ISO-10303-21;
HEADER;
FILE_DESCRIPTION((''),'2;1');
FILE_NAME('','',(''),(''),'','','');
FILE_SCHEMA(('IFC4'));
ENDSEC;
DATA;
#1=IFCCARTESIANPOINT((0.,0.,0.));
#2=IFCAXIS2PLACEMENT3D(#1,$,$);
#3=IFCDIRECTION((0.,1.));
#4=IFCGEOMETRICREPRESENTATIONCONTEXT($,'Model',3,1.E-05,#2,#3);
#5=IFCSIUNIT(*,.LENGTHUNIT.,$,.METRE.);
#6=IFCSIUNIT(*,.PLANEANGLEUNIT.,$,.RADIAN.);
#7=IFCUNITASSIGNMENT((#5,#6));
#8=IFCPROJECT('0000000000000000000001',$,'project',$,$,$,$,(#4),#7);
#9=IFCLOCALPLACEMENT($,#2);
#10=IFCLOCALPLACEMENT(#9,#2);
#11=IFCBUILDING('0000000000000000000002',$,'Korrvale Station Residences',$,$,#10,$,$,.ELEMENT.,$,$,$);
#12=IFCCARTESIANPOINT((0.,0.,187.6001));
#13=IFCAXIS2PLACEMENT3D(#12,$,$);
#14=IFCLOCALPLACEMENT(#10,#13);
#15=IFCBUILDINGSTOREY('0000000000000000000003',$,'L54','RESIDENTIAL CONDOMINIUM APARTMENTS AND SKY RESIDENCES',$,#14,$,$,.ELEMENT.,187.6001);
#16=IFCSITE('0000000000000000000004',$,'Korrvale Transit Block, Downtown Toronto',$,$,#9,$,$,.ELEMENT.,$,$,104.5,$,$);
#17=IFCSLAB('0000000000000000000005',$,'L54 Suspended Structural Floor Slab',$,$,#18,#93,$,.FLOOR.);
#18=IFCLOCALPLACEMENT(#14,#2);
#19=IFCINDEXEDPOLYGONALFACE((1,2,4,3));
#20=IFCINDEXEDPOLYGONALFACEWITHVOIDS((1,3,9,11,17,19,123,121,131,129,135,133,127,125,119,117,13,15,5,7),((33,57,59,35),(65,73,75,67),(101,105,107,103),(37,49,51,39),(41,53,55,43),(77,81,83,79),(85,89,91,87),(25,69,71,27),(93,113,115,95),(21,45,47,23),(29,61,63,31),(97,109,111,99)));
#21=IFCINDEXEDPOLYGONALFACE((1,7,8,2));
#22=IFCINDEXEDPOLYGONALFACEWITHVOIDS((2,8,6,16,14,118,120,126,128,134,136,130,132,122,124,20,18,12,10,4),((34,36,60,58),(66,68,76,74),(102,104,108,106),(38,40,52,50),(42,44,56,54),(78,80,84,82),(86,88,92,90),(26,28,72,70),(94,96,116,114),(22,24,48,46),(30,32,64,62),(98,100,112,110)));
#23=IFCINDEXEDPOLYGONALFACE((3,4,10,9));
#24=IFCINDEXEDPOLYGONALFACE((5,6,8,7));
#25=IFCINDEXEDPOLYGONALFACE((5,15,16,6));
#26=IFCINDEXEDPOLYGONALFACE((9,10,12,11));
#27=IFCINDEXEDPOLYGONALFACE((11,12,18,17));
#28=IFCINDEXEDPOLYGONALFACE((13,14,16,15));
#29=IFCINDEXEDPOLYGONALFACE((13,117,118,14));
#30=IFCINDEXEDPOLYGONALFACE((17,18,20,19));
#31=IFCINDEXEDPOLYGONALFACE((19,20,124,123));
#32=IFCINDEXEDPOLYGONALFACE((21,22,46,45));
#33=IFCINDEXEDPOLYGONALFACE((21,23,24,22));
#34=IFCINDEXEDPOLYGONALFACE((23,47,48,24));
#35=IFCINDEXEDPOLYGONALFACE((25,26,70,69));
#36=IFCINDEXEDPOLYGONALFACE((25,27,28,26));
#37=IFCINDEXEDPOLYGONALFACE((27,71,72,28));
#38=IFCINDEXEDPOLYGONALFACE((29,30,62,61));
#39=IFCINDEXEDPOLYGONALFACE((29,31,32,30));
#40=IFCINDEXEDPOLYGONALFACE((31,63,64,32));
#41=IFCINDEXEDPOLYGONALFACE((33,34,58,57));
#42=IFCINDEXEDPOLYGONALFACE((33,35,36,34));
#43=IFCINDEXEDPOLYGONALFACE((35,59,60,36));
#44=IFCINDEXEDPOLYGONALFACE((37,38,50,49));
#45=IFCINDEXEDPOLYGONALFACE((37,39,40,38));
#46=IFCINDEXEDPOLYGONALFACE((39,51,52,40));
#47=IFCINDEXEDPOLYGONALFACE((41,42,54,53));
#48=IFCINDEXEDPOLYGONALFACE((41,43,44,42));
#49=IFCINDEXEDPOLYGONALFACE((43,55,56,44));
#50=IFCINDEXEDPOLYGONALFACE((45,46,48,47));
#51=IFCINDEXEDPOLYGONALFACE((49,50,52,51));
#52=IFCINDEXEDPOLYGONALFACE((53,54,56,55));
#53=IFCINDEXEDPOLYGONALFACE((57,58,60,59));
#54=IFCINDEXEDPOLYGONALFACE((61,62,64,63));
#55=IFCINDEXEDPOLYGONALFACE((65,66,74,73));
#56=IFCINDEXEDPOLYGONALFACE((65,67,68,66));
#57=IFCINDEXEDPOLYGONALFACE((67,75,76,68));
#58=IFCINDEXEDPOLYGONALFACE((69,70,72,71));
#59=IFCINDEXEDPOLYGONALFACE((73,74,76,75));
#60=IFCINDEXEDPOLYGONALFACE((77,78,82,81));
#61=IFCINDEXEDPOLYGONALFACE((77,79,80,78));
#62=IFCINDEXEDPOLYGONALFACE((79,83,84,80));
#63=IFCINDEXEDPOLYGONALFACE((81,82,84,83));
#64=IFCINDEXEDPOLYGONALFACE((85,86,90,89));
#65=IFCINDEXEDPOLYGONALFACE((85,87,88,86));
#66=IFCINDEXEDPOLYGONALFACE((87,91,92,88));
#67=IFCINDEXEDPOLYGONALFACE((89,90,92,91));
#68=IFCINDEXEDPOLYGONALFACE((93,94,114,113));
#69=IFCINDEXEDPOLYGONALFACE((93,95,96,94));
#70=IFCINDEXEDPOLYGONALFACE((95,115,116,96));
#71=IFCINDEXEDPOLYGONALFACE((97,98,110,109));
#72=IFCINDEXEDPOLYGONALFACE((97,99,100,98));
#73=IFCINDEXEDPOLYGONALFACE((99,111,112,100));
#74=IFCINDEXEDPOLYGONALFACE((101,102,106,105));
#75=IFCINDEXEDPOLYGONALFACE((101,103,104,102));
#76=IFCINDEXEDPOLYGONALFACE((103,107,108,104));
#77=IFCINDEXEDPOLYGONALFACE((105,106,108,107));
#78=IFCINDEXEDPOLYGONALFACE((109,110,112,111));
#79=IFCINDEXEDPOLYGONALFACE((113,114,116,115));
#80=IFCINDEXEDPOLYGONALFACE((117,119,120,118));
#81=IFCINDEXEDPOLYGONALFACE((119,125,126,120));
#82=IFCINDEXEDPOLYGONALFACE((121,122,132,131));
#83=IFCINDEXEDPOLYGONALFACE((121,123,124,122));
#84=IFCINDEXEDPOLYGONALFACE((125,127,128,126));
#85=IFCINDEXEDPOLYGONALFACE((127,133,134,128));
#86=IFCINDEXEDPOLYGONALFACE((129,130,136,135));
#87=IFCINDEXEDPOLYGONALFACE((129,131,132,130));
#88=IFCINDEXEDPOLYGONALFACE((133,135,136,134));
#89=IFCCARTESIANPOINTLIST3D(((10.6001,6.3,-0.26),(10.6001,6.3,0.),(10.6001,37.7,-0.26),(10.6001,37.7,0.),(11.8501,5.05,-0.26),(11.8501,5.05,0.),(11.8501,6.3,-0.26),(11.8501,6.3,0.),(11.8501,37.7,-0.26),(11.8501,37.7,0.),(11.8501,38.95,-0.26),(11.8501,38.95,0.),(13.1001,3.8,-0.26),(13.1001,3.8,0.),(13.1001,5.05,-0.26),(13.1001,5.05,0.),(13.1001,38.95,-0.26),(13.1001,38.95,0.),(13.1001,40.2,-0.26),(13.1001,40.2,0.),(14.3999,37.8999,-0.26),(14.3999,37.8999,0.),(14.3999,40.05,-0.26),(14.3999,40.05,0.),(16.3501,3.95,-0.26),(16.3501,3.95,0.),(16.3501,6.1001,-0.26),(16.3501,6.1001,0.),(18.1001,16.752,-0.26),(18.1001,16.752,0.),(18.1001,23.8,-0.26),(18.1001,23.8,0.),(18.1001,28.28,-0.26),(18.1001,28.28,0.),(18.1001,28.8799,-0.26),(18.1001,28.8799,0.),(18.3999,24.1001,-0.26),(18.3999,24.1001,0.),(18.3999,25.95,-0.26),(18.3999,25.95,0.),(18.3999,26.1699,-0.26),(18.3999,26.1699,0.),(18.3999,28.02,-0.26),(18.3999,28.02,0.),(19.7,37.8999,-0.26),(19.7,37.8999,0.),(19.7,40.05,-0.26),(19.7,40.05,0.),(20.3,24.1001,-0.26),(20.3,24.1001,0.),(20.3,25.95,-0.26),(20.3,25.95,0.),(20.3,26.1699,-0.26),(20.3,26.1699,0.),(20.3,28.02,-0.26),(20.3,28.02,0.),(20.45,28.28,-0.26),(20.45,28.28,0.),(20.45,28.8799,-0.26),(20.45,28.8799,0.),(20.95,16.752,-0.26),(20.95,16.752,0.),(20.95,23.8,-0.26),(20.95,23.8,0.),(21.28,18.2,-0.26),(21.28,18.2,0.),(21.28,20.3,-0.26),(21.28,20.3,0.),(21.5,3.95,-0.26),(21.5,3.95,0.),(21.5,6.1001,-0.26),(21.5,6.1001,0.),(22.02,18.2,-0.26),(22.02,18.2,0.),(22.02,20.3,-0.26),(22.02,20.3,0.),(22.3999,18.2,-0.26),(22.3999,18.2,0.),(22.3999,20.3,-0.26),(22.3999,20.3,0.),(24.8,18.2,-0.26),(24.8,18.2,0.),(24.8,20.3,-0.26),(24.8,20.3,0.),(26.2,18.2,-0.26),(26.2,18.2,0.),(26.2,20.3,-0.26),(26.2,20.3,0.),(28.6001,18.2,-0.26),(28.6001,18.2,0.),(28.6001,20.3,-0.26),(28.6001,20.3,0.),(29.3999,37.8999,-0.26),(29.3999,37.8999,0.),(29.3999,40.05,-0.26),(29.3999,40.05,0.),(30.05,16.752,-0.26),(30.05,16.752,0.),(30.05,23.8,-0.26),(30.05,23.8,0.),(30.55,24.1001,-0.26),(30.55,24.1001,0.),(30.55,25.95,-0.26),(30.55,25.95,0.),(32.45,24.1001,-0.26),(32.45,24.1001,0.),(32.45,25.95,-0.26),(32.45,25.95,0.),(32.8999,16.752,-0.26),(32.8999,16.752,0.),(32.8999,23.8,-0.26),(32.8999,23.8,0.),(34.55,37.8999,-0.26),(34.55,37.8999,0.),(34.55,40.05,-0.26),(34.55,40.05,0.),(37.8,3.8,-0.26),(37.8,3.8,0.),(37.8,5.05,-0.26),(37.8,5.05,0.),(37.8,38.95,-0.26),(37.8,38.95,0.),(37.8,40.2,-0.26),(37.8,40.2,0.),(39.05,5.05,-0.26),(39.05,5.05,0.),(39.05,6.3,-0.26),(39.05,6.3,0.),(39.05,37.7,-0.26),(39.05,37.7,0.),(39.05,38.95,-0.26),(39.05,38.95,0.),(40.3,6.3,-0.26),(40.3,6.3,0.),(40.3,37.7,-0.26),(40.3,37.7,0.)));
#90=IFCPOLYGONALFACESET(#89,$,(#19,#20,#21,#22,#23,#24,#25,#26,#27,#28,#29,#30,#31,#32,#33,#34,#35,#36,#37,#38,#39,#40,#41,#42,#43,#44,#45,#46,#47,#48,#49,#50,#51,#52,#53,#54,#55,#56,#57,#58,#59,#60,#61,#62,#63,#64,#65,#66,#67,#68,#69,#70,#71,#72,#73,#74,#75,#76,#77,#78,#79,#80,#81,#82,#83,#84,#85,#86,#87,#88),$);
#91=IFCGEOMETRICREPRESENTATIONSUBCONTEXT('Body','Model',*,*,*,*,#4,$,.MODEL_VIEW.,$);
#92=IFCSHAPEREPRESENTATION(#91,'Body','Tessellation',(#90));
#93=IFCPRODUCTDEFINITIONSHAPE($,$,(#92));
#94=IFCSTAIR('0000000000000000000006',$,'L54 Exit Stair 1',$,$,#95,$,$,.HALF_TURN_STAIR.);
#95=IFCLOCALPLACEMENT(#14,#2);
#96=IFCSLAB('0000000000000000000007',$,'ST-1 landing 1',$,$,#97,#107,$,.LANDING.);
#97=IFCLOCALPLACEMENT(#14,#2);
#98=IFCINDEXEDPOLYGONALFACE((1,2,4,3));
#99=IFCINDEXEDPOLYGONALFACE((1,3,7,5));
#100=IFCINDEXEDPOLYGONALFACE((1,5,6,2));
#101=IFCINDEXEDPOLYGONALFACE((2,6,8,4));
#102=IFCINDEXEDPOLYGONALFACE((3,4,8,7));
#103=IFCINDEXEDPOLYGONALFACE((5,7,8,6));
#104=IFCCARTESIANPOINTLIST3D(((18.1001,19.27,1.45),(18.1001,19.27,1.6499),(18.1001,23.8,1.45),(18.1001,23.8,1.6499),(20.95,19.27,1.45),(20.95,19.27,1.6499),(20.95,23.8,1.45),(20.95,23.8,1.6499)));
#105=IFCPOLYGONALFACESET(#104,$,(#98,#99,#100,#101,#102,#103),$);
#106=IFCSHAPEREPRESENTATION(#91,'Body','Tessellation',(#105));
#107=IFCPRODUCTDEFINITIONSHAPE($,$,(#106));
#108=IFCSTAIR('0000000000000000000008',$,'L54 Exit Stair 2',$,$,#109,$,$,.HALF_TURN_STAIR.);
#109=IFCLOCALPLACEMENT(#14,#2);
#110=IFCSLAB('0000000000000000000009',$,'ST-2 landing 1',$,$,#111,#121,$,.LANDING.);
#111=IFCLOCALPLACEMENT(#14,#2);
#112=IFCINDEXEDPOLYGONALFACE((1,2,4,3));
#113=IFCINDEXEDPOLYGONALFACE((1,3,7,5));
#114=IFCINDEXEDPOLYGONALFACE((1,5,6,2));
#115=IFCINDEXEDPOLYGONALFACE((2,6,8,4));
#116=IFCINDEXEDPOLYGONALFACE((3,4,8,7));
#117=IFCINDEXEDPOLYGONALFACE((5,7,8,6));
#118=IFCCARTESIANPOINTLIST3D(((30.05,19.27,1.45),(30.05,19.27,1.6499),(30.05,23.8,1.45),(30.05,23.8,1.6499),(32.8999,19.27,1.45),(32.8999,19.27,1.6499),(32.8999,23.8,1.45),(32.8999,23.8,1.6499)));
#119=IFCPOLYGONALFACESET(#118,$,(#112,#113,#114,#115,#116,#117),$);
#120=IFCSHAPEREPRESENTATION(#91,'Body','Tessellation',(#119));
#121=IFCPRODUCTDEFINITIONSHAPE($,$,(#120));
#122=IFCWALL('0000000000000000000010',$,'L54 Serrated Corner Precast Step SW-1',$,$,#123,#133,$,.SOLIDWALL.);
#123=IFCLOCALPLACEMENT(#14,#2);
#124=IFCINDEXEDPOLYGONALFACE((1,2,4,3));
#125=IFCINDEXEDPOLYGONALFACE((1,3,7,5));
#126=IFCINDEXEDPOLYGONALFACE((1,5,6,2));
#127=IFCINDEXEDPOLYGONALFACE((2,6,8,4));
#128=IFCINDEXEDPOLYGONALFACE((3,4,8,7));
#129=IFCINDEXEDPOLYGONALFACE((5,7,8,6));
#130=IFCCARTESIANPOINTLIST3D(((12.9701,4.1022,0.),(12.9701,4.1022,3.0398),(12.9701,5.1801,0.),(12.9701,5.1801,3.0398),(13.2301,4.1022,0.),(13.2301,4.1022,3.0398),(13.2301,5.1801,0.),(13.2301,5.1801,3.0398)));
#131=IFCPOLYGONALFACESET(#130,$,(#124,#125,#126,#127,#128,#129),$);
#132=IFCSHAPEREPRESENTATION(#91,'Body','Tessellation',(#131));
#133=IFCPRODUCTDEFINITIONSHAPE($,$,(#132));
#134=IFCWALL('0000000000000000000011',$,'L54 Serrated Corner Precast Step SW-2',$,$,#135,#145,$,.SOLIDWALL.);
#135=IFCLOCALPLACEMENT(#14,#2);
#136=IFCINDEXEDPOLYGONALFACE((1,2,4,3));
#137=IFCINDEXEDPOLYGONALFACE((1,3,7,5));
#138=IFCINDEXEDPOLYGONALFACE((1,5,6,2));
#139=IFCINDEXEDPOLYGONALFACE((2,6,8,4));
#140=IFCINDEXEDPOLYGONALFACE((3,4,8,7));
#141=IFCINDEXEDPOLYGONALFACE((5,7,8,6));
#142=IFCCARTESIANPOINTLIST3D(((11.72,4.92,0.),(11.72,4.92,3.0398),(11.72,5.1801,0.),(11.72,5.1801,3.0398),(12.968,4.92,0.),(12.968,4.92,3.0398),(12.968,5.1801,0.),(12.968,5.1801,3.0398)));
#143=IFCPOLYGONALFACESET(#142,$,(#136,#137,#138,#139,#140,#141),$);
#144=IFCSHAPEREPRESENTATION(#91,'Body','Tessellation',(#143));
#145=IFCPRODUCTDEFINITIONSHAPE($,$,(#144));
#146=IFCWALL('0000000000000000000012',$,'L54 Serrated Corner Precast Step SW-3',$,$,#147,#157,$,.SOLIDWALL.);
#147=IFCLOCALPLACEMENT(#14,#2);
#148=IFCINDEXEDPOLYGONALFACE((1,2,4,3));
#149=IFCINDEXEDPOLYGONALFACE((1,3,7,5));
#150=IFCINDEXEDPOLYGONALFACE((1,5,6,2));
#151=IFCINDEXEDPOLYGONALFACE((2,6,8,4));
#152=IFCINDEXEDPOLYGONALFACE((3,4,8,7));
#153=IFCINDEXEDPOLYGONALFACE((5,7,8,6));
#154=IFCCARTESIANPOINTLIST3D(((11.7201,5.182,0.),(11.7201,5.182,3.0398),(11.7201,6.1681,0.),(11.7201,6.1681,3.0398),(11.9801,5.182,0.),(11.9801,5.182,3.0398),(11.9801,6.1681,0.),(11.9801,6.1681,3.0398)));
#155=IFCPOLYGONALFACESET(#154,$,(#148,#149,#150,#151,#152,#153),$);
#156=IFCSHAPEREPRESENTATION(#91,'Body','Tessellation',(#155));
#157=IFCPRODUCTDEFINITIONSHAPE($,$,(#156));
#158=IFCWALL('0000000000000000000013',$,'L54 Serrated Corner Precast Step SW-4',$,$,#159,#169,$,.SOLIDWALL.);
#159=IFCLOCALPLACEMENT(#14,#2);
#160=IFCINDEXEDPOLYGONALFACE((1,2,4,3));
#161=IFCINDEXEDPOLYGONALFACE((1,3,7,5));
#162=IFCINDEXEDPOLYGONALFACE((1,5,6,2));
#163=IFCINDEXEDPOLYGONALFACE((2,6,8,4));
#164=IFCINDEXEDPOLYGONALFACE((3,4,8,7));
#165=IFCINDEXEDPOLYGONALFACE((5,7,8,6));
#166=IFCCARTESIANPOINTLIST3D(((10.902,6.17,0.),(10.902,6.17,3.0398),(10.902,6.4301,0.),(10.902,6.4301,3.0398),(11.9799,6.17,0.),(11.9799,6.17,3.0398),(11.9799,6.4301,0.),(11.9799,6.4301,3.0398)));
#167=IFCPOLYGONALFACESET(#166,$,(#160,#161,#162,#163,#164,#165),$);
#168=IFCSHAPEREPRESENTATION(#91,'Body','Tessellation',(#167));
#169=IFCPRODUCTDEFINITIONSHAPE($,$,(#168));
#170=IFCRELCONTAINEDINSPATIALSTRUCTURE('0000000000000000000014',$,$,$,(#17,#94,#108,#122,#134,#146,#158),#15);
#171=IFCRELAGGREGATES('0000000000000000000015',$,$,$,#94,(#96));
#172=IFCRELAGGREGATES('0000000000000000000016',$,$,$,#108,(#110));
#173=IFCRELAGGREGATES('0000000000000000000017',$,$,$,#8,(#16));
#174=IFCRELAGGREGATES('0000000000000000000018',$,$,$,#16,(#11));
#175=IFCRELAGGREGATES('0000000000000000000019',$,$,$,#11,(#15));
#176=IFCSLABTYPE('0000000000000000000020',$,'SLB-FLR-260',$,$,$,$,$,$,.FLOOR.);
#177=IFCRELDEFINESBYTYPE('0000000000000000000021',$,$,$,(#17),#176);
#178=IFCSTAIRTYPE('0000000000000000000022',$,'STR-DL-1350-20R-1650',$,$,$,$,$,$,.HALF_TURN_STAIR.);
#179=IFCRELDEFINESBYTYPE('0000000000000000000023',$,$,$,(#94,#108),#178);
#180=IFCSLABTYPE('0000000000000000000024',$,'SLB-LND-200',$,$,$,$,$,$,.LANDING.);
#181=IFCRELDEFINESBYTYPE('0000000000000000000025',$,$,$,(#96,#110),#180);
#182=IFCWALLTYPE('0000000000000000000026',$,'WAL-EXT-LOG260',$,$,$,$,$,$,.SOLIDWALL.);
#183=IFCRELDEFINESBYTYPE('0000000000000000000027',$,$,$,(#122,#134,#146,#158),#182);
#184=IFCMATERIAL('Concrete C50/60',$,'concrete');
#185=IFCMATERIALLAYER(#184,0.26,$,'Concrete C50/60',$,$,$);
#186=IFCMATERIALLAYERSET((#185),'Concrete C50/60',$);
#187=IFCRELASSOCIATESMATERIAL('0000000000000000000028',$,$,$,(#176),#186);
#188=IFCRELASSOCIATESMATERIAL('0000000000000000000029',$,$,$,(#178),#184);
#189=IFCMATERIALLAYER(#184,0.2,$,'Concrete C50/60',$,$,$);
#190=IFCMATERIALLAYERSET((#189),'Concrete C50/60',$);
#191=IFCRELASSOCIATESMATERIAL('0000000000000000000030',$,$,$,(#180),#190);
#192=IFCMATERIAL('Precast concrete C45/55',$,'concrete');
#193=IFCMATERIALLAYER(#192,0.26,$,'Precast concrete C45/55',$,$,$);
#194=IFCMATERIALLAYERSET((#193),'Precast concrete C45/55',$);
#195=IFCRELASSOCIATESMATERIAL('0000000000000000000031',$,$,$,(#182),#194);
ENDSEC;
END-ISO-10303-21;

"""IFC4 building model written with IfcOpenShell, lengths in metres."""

from ifc_helpers import new_model, si_unit, direction, frame, frame_2d, origin, place, context, subcontext, project, spatial, polyline, rectangle, outline, extrude, material, layer, layer_set, type_object, element, aggregate, save


model = new_model("IFC4")

# Units and contexts
model_context = context("Model", 3, precision=1e-05, world=origin(), true_north=direction((0.0, 1.0)))
body_context = subcontext(model_context, "Body", "Model", "MODEL_VIEW")
ifc_project = project(units=[si_unit("LENGTHUNIT", "METRE"), si_unit("PLANEANGLEUNIT", "RADIAN")], contexts=[model_context])

# Site, building, storey
site_placement = place(None, origin())
site = spatial("IfcSite", under=ifc_project, at=site_placement, Name="Korrvale Transit Block, Downtown Toronto", CompositionType="ELEMENT", RefElevation=104.5)
building_placement = place(site_placement, origin())
building = spatial("IfcBuilding", under=site, at=building_placement, Name="Korrvale Station Residences", CompositionType="ELEMENT")
storey_placement = place(building_placement, frame((0.0, 0.0, 187.6001)))
storey = spatial("IfcBuildingStorey", under=building, at=storey_placement, Name="L54", Description="RESIDENTIAL CONDOMINIUM APARTMENTS AND SKY RESIDENCES", CompositionType="ELEMENT", Elevation=187.6001)

# Shared definitions
ifc_material_1 = material(Name="Concrete C50/60", Category="concrete")

# Slab
ifc_layer_1 = layer(ifc_material_1, 0.26, Name="Concrete C50/60")
ifc_layer_set_1 = layer_set([ifc_layer_1], Name="Concrete C50/60")
slab_type_1 = type_object("IfcSlabType", Name="SLB-FLR-260", PredefinedType="FLOOR", material=ifc_layer_set_1)
slab_1_placement = place(storey_placement, frame((0.0, 0.0, -0.26)))
element("IfcSlab", 1, at=slab_1_placement, inside=storey, type_object=slab_type_1, Name="L54 Suspended Structural Floor Slab", PredefinedType="FLOOR", context=body_context, shape_type="SweptSolid", body=[
    extrude(outline(polyline([(13.1001, 3.8), (37.8, 3.8), (37.8, 5.05), (39.05, 5.05), (39.05, 6.3), (40.3, 6.3), (40.3, 37.7), (39.05, 37.7), (39.05, 38.95), (37.8, 38.95), (37.8, 40.2), (13.1001, 40.2), (13.1001, 38.95), (11.8501, 38.95), (11.8501, 37.7), (10.6001, 37.7), (10.6001, 6.3), (11.8501, 6.3), (11.8501, 5.05), (13.1001, 5.05), (13.1001, 3.8)]), holes=[polyline([(20.95, 16.752), (20.95, 23.8), (18.1001, 23.8), (18.1001, 16.752), (20.95, 16.752)]), polyline([(32.8999, 16.752), (32.8999, 23.8), (30.05, 23.8), (30.05, 16.752), (32.8999, 16.752)]), polyline([(18.3999, 24.1001), (20.3, 24.1001), (20.3, 25.95), (18.3999, 25.95), (18.3999, 24.1001)]), polyline([(18.3999, 26.1699), (20.3, 26.1699), (20.3, 28.02), (18.3999, 28.02), (18.3999, 26.1699)]), polyline([(30.55, 24.1001), (32.45, 24.1001), (32.45, 25.95), (30.55, 25.95), (30.55, 24.1001)]), polyline([(22.3999, 18.2), (24.8, 18.2), (24.8, 20.3), (22.3999, 20.3), (22.3999, 18.2)]), polyline([(26.2, 18.2), (28.6001, 18.2), (28.6001, 20.3), (26.2, 20.3), (26.2, 18.2)]), polyline([(18.1001, 28.28), (20.45, 28.28), (20.45, 28.8799), (18.1001, 28.8799), (18.1001, 28.28)]), polyline([(21.28, 18.2), (22.02, 18.2), (22.02, 20.3), (21.28, 20.3), (21.28, 18.2)]), polyline([(16.3501, 3.95), (21.5, 3.95), (21.5, 6.1001), (16.3501, 6.1001), (16.3501, 3.95)]), polyline([(29.3999, 37.8999), (34.55, 37.8999), (34.55, 40.05), (29.3999, 40.05), (29.3999, 37.8999)]), polyline([(14.3999, 37.8999), (19.7, 37.8999), (19.7, 40.05), (14.3999, 40.05), (14.3999, 37.8999)])]), origin(), (0.0, 0.0, 1.0), 0.26),
])

# Stairs, slabs
stair_type = type_object("IfcStairType", Name="STR-DL-1350-20R-1650", PredefinedType="HALF_TURN_STAIR", material=ifc_material_1)
stair_1_placement = place(storey_placement, origin())
stair_1 = element("IfcStair", 2, at=stair_1_placement, inside=storey, type_object=stair_type, Name="L54 Exit Stair 1", PredefinedType="HALF_TURN_STAIR")
ifc_layer_2 = layer(ifc_material_1, 0.2, Name="Concrete C50/60")
ifc_layer_set_2 = layer_set([ifc_layer_2], Name="Concrete C50/60")
slab_type_2 = type_object("IfcSlabType", Name="SLB-LND-200", PredefinedType="LANDING", material=ifc_layer_set_2)
slab_2_placement = place(storey_placement, frame((0.0, 0.0, 1.45)))
slab_2 = element("IfcSlab", 3, at=slab_2_placement, type_object=slab_type_2, Name="ST-1 landing 1", PredefinedType="LANDING", context=body_context, shape_type="SweptSolid", body=[
    extrude(outline(polyline([(20.95, 19.27), (20.95, 23.8), (18.1001, 23.8), (18.1001, 19.27), (20.95, 19.27)])), origin(), (0.0, 0.0, 1.0), 0.2),
])
aggregate(stair_1, [slab_2])
stair_2_placement = place(storey_placement, origin())
stair_2 = element("IfcStair", 4, at=stair_2_placement, inside=storey, type_object=stair_type, Name="L54 Exit Stair 2", PredefinedType="HALF_TURN_STAIR")
slab_3_placement = place(storey_placement, frame((0.0, 0.0, 1.45)))
slab_3 = element("IfcSlab", 5, at=slab_3_placement, type_object=slab_type_2, Name="ST-2 landing 1", PredefinedType="LANDING", context=body_context, shape_type="SweptSolid", body=[
    extrude(outline(polyline([(32.8999, 19.27), (32.8999, 23.8), (30.05, 23.8), (30.05, 19.27), (32.8999, 19.27)])), origin(), (0.0, 0.0, 1.0), 0.2),
])
aggregate(stair_2, [slab_3])

# Walls
ifc_material_2 = material(Name="Precast concrete C45/55", Category="concrete")
ifc_layer_3 = layer(ifc_material_2, 0.26, Name="Precast concrete C45/55")
ifc_layer_set_3 = layer_set([ifc_layer_3], Name="Precast concrete C45/55")
wall_type_1 = type_object("IfcWallType", Name="WAL-EXT-LOG260", PredefinedType="SOLIDWALL", material=ifc_layer_set_3)
wall_1_placement = place(storey_placement, frame((13.1001, 4.1021, 0.0), z_axis=(0.0, 0.0, 1.0), x_axis=(0.0, 1.0, 0.0)))
element("IfcWall", 6, at=wall_1_placement, inside=storey, type_object=wall_type_1, Name="L54 Serrated Corner Precast Step SW-1", PredefinedType="SOLIDWALL", context=body_context, shape_type="SweptSolid", body=[
    extrude(rectangle(XDim=1.0779, YDim=0.26, at=frame_2d((0.5391, 0.0))), origin(), (0.0, 0.0, 1.0), 3.0398),
])
wall_2_placement = place(storey_placement, frame((12.968, 5.05, 0.0), z_axis=(0.0, 0.0, 1.0), x_axis=(-1.0, 0.0, 0.0)))
element("IfcWall", 7, at=wall_2_placement, inside=storey, type_object=wall_type_1, Name="L54 Serrated Corner Precast Step SW-2", PredefinedType="SOLIDWALL", context=body_context, shape_type="SweptSolid", body=[
    extrude(rectangle(XDim=1.248, YDim=0.26, at=frame_2d((0.624, 0.0))), origin(), (0.0, 0.0, 1.0), 3.0398),
])
wall_3_placement = place(storey_placement, frame((11.8501, 5.1819, 0.0), z_axis=(0.0, 0.0, 1.0), x_axis=(0.0, 1.0, 0.0)))
element("IfcWall", 8, at=wall_3_placement, inside=storey, type_object=wall_type_1, Name="L54 Serrated Corner Precast Step SW-3", PredefinedType="SOLIDWALL", context=body_context, shape_type="SweptSolid", body=[
    extrude(rectangle(XDim=0.9861, YDim=0.26, at=frame_2d((0.4932, 0.0))), origin(), (0.0, 0.0, 1.0), 3.0398),
])
wall_4_placement = place(storey_placement, frame((11.98, 6.3, 0.0), z_axis=(0.0, 0.0, 1.0), x_axis=(-1.0, 0.0, 0.0)))
element("IfcWall", 9, at=wall_4_placement, inside=storey, type_object=wall_type_1, Name="L54 Serrated Corner Precast Step SW-4", PredefinedType="SOLIDWALL", context=body_context, shape_type="SweptSolid", body=[
    extrude(rectangle(XDim=1.0779, YDim=0.26, at=frame_2d((0.5391, 0.0))), origin(), (0.0, 0.0, 1.0), 3.0398),
])

save(model, "model.ifc")
